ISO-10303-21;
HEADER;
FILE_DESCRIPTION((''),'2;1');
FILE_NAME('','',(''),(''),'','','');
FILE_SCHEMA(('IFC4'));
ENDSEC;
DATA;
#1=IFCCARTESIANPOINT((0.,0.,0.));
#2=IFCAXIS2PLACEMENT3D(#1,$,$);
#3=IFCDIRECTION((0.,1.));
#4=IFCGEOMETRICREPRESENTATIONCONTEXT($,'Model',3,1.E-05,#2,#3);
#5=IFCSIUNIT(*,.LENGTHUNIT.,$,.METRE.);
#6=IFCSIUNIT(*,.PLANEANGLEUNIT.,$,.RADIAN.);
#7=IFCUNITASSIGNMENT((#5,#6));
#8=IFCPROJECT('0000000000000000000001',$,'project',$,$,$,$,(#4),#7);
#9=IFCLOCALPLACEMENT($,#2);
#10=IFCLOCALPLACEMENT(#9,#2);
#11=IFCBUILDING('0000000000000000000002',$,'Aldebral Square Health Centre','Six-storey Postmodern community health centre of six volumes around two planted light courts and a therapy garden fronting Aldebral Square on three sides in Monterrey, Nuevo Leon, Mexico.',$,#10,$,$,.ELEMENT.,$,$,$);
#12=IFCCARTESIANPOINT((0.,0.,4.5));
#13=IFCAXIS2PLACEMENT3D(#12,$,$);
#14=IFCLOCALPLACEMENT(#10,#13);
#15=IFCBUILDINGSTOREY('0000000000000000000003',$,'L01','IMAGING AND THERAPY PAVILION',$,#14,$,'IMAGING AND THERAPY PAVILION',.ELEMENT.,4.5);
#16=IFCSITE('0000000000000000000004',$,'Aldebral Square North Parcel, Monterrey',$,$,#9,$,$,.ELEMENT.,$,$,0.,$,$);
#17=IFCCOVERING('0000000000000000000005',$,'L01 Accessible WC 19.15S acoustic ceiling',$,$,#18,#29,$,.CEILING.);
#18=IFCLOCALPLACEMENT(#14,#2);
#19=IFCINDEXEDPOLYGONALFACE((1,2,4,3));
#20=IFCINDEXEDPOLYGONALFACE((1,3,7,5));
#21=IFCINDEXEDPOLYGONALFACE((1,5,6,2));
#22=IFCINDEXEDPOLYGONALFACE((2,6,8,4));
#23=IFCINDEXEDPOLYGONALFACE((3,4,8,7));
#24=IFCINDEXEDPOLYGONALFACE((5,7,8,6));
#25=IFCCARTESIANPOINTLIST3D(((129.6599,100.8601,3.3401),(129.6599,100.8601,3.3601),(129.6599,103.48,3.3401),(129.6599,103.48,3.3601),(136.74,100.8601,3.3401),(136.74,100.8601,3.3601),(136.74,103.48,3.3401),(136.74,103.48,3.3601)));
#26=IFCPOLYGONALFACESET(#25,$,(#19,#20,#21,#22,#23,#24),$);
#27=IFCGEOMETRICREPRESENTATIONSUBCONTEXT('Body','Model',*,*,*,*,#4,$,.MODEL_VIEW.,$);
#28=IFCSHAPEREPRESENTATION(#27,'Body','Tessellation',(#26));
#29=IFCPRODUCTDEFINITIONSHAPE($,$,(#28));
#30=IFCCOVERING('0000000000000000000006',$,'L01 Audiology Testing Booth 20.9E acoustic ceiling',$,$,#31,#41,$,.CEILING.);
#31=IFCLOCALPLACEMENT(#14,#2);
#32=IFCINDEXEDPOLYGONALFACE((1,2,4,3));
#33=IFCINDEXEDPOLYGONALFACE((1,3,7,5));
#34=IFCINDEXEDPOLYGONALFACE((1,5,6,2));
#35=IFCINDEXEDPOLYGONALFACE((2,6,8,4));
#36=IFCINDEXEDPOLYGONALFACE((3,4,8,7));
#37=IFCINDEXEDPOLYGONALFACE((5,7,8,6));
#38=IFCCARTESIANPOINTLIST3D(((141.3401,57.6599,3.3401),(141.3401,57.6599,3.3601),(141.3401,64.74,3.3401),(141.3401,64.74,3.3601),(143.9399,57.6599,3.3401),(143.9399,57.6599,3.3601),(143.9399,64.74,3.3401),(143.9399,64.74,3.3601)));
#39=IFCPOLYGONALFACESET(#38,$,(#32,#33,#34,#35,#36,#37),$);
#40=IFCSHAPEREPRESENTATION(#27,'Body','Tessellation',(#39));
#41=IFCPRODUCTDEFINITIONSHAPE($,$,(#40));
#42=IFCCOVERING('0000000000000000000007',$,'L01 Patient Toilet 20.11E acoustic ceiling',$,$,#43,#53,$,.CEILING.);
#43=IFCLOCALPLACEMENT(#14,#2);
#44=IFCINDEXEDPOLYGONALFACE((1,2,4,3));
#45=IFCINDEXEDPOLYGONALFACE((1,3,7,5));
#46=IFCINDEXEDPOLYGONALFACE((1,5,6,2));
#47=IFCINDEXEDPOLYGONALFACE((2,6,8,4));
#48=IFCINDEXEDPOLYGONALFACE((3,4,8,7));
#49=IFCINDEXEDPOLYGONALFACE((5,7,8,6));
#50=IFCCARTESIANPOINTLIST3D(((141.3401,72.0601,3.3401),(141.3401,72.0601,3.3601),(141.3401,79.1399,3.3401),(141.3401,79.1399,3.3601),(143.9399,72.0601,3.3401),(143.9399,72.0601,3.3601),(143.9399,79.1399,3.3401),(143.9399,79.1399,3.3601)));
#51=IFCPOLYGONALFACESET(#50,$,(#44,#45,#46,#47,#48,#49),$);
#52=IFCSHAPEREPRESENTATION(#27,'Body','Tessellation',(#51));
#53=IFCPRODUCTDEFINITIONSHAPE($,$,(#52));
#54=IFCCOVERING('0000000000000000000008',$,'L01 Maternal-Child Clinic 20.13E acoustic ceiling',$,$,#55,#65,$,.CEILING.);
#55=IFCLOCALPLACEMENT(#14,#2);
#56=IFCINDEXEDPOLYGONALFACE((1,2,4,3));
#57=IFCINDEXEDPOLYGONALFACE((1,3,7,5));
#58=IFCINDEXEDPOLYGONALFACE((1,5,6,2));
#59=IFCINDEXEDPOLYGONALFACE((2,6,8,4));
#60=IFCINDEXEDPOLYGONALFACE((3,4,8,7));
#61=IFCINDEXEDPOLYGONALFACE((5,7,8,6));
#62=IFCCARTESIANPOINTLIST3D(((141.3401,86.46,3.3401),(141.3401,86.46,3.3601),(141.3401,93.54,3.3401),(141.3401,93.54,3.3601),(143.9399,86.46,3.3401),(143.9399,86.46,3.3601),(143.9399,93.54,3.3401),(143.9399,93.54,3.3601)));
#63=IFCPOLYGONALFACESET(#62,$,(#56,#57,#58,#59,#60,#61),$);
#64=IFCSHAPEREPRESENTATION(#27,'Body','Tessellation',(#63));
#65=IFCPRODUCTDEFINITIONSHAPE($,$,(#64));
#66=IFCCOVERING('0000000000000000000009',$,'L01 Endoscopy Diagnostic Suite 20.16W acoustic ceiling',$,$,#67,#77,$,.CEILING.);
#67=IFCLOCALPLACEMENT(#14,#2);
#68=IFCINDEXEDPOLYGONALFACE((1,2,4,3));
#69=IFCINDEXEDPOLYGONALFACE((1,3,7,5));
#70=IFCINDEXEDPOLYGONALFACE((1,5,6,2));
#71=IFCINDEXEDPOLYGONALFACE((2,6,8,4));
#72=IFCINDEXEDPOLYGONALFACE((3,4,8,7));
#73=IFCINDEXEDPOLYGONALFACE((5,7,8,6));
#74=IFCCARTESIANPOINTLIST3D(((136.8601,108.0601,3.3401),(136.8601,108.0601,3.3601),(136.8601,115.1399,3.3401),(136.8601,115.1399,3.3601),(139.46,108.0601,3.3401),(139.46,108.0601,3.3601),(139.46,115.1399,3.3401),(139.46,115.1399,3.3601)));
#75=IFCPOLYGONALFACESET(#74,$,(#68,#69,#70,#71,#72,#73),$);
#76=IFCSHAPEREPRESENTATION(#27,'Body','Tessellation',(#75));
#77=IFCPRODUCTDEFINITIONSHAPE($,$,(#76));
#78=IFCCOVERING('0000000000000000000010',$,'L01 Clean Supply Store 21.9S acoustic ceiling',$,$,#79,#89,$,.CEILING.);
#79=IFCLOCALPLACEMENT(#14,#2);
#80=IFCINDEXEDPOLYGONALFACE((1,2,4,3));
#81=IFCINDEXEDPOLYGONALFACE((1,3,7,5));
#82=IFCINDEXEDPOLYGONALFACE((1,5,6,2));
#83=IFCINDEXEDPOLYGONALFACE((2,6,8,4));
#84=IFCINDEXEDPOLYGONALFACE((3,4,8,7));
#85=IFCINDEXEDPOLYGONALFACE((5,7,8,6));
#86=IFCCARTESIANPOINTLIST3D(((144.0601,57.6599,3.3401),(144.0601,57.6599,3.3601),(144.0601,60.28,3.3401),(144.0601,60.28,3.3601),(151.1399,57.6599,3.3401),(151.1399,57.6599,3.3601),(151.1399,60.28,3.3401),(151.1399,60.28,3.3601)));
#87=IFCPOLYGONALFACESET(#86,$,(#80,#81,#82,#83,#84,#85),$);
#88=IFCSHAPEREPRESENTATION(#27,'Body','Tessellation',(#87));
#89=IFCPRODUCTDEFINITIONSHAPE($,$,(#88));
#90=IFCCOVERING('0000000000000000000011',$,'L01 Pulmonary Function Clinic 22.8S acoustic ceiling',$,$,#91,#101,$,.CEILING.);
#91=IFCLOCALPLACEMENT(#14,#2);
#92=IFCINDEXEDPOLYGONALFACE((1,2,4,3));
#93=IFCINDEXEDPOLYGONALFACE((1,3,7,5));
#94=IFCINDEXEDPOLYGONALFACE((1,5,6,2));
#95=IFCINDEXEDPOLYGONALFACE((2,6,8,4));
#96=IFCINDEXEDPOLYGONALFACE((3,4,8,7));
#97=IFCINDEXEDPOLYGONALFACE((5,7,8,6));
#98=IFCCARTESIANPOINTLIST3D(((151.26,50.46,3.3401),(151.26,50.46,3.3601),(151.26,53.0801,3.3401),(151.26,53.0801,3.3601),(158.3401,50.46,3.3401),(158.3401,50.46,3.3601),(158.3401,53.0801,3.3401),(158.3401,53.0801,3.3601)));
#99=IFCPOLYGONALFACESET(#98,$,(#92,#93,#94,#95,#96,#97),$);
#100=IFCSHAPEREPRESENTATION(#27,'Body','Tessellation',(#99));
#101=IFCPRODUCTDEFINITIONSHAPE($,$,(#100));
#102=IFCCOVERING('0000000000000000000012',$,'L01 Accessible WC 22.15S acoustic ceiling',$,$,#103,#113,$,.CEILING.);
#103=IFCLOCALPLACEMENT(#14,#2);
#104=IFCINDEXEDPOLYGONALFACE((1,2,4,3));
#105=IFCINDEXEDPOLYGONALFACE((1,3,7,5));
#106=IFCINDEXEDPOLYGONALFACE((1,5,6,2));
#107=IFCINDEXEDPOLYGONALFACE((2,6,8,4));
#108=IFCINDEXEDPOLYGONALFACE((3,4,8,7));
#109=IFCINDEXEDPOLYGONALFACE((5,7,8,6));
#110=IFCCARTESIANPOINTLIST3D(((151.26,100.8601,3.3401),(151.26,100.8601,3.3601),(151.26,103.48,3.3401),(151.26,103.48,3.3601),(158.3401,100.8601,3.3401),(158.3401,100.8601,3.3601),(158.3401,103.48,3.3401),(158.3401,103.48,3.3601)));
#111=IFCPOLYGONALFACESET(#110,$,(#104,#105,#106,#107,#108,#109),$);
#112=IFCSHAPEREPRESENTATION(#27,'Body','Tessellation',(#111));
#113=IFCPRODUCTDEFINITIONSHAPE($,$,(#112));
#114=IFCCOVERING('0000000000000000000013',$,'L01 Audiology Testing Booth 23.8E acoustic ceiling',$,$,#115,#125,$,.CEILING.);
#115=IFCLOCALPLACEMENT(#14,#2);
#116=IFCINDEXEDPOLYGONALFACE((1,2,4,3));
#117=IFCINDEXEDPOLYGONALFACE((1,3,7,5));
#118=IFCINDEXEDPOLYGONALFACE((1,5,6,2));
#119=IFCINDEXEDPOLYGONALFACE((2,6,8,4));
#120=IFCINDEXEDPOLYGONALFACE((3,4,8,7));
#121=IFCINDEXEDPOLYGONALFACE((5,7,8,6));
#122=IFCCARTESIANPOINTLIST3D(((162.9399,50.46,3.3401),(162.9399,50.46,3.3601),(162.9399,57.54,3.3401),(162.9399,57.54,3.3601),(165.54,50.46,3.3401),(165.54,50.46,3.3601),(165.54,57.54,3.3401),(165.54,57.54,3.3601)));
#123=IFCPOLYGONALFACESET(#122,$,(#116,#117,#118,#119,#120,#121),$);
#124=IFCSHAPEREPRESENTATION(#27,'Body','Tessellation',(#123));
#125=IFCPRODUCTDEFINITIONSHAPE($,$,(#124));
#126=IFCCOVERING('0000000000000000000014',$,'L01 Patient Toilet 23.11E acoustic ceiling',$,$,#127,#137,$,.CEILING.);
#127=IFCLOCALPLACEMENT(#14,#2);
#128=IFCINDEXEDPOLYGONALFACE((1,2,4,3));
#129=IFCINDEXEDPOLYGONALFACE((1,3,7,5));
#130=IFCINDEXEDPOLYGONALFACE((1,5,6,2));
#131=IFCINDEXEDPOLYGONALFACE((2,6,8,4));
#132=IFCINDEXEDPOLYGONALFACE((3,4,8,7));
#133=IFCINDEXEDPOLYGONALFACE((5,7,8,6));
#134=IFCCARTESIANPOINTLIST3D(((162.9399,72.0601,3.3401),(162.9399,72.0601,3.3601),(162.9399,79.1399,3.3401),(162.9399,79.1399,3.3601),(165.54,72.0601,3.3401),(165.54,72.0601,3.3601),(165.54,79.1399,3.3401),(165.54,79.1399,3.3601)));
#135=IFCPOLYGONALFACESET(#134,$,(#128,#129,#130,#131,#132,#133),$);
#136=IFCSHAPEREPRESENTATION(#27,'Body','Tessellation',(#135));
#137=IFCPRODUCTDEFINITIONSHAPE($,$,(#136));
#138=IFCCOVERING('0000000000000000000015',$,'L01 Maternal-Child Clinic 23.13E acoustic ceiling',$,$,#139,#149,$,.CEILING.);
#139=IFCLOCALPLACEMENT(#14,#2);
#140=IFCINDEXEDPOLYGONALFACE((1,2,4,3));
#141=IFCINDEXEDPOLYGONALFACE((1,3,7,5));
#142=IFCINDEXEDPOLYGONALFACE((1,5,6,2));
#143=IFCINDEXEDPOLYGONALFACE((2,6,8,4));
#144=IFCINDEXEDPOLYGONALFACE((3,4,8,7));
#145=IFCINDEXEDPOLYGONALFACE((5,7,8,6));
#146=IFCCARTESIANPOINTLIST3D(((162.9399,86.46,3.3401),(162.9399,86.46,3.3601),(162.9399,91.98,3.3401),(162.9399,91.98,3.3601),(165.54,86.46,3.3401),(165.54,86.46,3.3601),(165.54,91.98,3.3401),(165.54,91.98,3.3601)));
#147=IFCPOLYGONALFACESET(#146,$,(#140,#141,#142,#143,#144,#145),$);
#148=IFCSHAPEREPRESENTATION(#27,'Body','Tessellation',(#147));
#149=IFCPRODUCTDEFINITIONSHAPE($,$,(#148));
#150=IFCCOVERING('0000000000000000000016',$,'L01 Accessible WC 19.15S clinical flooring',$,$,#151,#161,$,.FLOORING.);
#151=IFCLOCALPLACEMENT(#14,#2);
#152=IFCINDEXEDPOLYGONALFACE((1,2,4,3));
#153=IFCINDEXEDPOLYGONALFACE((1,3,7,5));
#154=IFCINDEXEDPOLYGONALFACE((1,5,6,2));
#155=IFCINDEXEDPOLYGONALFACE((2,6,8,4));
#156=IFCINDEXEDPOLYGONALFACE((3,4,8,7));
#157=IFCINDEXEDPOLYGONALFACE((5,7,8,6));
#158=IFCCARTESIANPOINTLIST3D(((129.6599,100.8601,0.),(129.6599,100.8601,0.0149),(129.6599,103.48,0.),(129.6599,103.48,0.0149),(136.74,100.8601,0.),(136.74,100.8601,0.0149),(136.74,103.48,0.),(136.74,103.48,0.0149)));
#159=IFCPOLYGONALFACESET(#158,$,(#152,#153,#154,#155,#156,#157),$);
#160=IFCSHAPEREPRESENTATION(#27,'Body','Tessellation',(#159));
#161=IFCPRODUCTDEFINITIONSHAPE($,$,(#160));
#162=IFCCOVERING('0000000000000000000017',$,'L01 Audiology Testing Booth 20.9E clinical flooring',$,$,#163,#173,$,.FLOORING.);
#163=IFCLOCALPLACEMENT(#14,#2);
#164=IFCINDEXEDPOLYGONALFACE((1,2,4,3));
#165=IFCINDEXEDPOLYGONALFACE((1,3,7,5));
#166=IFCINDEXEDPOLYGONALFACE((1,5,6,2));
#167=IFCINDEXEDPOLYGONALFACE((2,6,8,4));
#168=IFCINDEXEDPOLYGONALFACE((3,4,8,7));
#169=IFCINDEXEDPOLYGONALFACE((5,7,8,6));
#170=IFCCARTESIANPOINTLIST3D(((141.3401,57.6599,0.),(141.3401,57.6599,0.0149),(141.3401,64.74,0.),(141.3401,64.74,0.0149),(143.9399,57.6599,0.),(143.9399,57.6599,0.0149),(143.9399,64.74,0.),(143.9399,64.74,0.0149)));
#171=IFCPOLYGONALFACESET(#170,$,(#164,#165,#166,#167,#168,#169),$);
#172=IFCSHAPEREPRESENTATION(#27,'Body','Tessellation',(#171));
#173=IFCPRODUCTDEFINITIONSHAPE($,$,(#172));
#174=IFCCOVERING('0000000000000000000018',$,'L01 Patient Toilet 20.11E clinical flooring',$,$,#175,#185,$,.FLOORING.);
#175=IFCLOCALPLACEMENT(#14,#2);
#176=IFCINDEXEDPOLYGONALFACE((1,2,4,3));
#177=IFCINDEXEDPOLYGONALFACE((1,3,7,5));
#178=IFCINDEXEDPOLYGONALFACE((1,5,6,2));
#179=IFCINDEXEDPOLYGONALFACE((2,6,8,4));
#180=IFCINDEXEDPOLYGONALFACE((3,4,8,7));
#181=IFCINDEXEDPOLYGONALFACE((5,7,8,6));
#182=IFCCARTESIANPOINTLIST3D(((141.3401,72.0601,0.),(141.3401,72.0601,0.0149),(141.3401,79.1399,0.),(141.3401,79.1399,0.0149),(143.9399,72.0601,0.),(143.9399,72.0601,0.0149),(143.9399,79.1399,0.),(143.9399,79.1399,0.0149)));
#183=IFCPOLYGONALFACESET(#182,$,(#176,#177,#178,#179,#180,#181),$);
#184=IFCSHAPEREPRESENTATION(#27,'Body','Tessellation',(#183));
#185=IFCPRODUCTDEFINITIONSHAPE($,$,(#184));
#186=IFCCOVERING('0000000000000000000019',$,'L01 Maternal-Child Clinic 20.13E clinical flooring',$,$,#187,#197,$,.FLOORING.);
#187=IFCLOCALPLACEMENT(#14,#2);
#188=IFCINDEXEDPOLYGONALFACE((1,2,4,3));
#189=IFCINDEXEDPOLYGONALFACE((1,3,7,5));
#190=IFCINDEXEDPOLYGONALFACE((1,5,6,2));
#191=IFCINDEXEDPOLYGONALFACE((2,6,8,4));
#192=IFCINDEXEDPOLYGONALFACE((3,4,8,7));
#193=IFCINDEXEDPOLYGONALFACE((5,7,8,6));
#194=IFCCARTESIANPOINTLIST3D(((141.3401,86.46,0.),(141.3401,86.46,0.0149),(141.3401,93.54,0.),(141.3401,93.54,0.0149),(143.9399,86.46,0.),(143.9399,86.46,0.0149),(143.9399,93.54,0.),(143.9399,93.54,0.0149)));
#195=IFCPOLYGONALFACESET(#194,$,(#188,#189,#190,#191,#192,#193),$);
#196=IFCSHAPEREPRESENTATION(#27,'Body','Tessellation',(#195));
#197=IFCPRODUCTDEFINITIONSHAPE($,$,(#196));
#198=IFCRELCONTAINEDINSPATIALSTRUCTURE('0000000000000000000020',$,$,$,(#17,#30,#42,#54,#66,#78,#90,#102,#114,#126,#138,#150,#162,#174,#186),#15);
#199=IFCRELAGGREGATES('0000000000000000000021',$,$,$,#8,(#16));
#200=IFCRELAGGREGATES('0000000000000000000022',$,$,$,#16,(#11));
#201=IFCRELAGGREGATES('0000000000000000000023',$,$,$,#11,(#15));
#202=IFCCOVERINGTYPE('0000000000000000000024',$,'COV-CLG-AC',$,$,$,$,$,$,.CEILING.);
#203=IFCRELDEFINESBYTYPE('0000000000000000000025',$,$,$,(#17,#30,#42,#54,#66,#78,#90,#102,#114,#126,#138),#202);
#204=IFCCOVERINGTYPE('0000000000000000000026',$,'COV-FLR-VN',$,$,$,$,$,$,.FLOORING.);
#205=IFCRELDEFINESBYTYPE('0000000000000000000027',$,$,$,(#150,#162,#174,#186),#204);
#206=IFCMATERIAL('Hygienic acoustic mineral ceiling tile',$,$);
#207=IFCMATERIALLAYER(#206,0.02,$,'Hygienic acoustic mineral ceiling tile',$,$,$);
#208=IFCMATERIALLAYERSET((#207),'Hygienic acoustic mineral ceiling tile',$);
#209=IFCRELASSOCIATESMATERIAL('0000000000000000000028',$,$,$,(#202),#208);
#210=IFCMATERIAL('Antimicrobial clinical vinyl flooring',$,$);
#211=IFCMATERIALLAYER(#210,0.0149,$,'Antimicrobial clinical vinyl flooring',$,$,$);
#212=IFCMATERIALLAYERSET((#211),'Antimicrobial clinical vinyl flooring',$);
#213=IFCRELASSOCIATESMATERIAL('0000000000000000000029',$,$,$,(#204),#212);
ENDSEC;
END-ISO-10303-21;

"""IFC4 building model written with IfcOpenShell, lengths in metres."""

from ifc_helpers import new_model, si_unit, direction, frame, origin, place, context, subcontext, project, spatial, polyline, outline, extrude, material, layer, layer_set, type_object, element, save


model = new_model("IFC4")

# Units and contexts
model_context = context("Model", 3, precision=1e-05, world=origin(), true_north=direction((0.0, 1.0)))
body_context = subcontext(model_context, "Body", "Model", "MODEL_VIEW")
ifc_project = project(units=[si_unit("LENGTHUNIT", "METRE"), si_unit("PLANEANGLEUNIT", "RADIAN")], contexts=[model_context])

# Site, building, storey
site_placement = place(None, origin())
site = spatial("IfcSite", under=ifc_project, at=site_placement, Name="Aldebral Square North Parcel, Monterrey", CompositionType="ELEMENT", RefElevation=0.0)
building_placement = place(site_placement, origin())
building = spatial("IfcBuilding", under=site, at=building_placement, Name="Aldebral Square Health Centre", Description="Six-storey Postmodern community health centre of six volumes around two planted light courts and a therapy garden fronting Aldebral Square on three sides in Monterrey, Nuevo Leon, Mexico.", CompositionType="ELEMENT")
storey_placement = place(building_placement, frame((0.0, 0.0, 4.5)))
storey = spatial("IfcBuildingStorey", under=building, at=storey_placement, Name="L01", Description="IMAGING AND THERAPY PAVILION", LongName="IMAGING AND THERAPY PAVILION", CompositionType="ELEMENT", Elevation=4.5)

# Coverings
ifc_material_1 = material(Name="Hygienic acoustic mineral ceiling tile")
ifc_layer_1 = layer(ifc_material_1, 0.02, Name="Hygienic acoustic mineral ceiling tile")
ifc_layer_set_1 = layer_set([ifc_layer_1], Name="Hygienic acoustic mineral ceiling tile")
covering_type_1 = type_object("IfcCoveringType", Name="COV-CLG-AC", PredefinedType="CEILING", material=ifc_layer_set_1)
covering_1_placement = place(storey_placement, frame((0.0, 0.0, 3.3401)))
element("IfcCovering", 1, at=covering_1_placement, inside=storey, type_object=covering_type_1, Name="L01 Accessible WC 19.15S acoustic ceiling", PredefinedType="CEILING", context=body_context, shape_type="SweptSolid", body=[
    extrude(outline(polyline([(129.6599, 100.8601), (136.74, 100.8601), (136.74, 103.48), (129.6599, 103.48), (129.6599, 100.8601)])), origin(), (0.0, 0.0, 1.0), 0.02),
])
covering_2_placement = place(storey_placement, frame((0.0, 0.0, 3.3401)))
element("IfcCovering", 2, at=covering_2_placement, inside=storey, type_object=covering_type_1, Name="L01 Audiology Testing Booth 20.9E acoustic ceiling", PredefinedType="CEILING", context=body_context, shape_type="SweptSolid", body=[
    extrude(outline(polyline([(141.3401, 57.6599), (143.9399, 57.6599), (143.9399, 64.74), (141.3401, 64.74), (141.3401, 57.6599)])), origin(), (0.0, 0.0, 1.0), 0.02),
])
covering_3_placement = place(storey_placement, frame((0.0, 0.0, 3.3401)))
element("IfcCovering", 3, at=covering_3_placement, inside=storey, type_object=covering_type_1, Name="L01 Patient Toilet 20.11E acoustic ceiling", PredefinedType="CEILING", context=body_context, shape_type="SweptSolid", body=[
    extrude(outline(polyline([(141.3401, 72.0601), (143.9399, 72.0601), (143.9399, 79.1399), (141.3401, 79.1399), (141.3401, 72.0601)])), origin(), (0.0, 0.0, 1.0), 0.02),
])
covering_4_placement = place(storey_placement, frame((0.0, 0.0, 3.3401)))
element("IfcCovering", 4, at=covering_4_placement, inside=storey, type_object=covering_type_1, Name="L01 Maternal-Child Clinic 20.13E acoustic ceiling", PredefinedType="CEILING", context=body_context, shape_type="SweptSolid", body=[
    extrude(outline(polyline([(141.3401, 86.46), (143.9399, 86.46), (143.9399, 93.54), (141.3401, 93.54), (141.3401, 86.46)])), origin(), (0.0, 0.0, 1.0), 0.02),
])
covering_5_placement = place(storey_placement, frame((0.0, 0.0, 3.3401)))
element("IfcCovering", 5, at=covering_5_placement, inside=storey, type_object=covering_type_1, Name="L01 Endoscopy Diagnostic Suite 20.16W acoustic ceiling", PredefinedType="CEILING", context=body_context, shape_type="SweptSolid", body=[
    extrude(outline(polyline([(136.8601, 108.0601), (139.46, 108.0601), (139.46, 115.1399), (136.8601, 115.1399), (136.8601, 108.0601)])), origin(), (0.0, 0.0, 1.0), 0.02),
])
covering_6_placement = place(storey_placement, frame((0.0, 0.0, 3.3401)))
element("IfcCovering", 6, at=covering_6_placement, inside=storey, type_object=covering_type_1, Name="L01 Clean Supply Store 21.9S acoustic ceiling", PredefinedType="CEILING", context=body_context, shape_type="SweptSolid", body=[
    extrude(outline(polyline([(144.0601, 57.6599), (151.1399, 57.6599), (151.1399, 60.28), (144.0601, 60.28), (144.0601, 57.6599)])), origin(), (0.0, 0.0, 1.0), 0.02),
])
covering_7_placement = place(storey_placement, frame((0.0, 0.0, 3.3401)))
element("IfcCovering", 7, at=covering_7_placement, inside=storey, type_object=covering_type_1, Name="L01 Pulmonary Function Clinic 22.8S acoustic ceiling", PredefinedType="CEILING", context=body_context, shape_type="SweptSolid", body=[
    extrude(outline(polyline([(151.26, 50.46), (158.3401, 50.46), (158.3401, 53.0801), (151.26, 53.0801), (151.26, 50.46)])), origin(), (0.0, 0.0, 1.0), 0.02),
])
covering_8_placement = place(storey_placement, frame((0.0, 0.0, 3.3401)))
element("IfcCovering", 8, at=covering_8_placement, inside=storey, type_object=covering_type_1, Name="L01 Accessible WC 22.15S acoustic ceiling", PredefinedType="CEILING", context=body_context, shape_type="SweptSolid", body=[
    extrude(outline(polyline([(151.26, 100.8601), (158.3401, 100.8601), (158.3401, 103.48), (151.26, 103.48), (151.26, 100.8601)])), origin(), (0.0, 0.0, 1.0), 0.02),
])
covering_9_placement = place(storey_placement, frame((0.0, 0.0, 3.3401)))
element("IfcCovering", 9, at=covering_9_placement, inside=storey, type_object=covering_type_1, Name="L01 Audiology Testing Booth 23.8E acoustic ceiling", PredefinedType="CEILING", context=body_context, shape_type="SweptSolid", body=[
    extrude(outline(polyline([(162.9399, 50.46), (165.54, 50.46), (165.54, 57.54), (162.9399, 57.54), (162.9399, 50.46)])), origin(), (0.0, 0.0, 1.0), 0.02),
])
covering_10_placement = place(storey_placement, frame((0.0, 0.0, 3.3401)))
element("IfcCovering", 10, at=covering_10_placement, inside=storey, type_object=covering_type_1, Name="L01 Patient Toilet 23.11E acoustic ceiling", PredefinedType="CEILING", context=body_context, shape_type="SweptSolid", body=[
    extrude(outline(polyline([(162.9399, 72.0601), (165.54, 72.0601), (165.54, 79.1399), (162.9399, 79.1399), (162.9399, 72.0601)])), origin(), (0.0, 0.0, 1.0), 0.02),
])
covering_11_placement = place(storey_placement, frame((0.0, 0.0, 3.3401)))
element("IfcCovering", 11, at=covering_11_placement, inside=storey, type_object=covering_type_1, Name="L01 Maternal-Child Clinic 23.13E acoustic ceiling", PredefinedType="CEILING", context=body_context, shape_type="SweptSolid", body=[
    extrude(outline(polyline([(162.9399, 86.46), (165.54, 86.46), (165.54, 91.98), (162.9399, 91.98), (162.9399, 86.46)])), origin(), (0.0, 0.0, 1.0), 0.02),
])
ifc_material_2 = material(Name="Antimicrobial clinical vinyl flooring")
ifc_layer_2 = layer(ifc_material_2, 0.0149, Name="Antimicrobial clinical vinyl flooring")
ifc_layer_set_2 = layer_set([ifc_layer_2], Name="Antimicrobial clinical vinyl flooring")
covering_type_2 = type_object("IfcCoveringType", Name="COV-FLR-VN", PredefinedType="FLOORING", material=ifc_layer_set_2)
covering_12_placement = place(storey_placement, origin())
element("IfcCovering", 12, at=covering_12_placement, inside=storey, type_object=covering_type_2, Name="L01 Accessible WC 19.15S clinical flooring", PredefinedType="FLOORING", context=body_context, shape_type="SweptSolid", body=[
    extrude(outline(polyline([(129.6599, 100.8601), (136.74, 100.8601), (136.74, 103.48), (129.6599, 103.48), (129.6599, 100.8601)])), origin(), (0.0, 0.0, 1.0), 0.0149),
])
covering_13_placement = place(storey_placement, origin())
element("IfcCovering", 13, at=covering_13_placement, inside=storey, type_object=covering_type_2, Name="L01 Audiology Testing Booth 20.9E clinical flooring", PredefinedType="FLOORING", context=body_context, shape_type="SweptSolid", body=[
    extrude(outline(polyline([(141.3401, 57.6599), (143.9399, 57.6599), (143.9399, 64.74), (141.3401, 64.74), (141.3401, 57.6599)])), origin(), (0.0, 0.0, 1.0), 0.0149),
])
covering_14_placement = place(storey_placement, origin())
element("IfcCovering", 14, at=covering_14_placement, inside=storey, type_object=covering_type_2, Name="L01 Patient Toilet 20.11E clinical flooring", PredefinedType="FLOORING", context=body_context, shape_type="SweptSolid", body=[
    extrude(outline(polyline([(141.3401, 72.0601), (143.9399, 72.0601), (143.9399, 79.1399), (141.3401, 79.1399), (141.3401, 72.0601)])), origin(), (0.0, 0.0, 1.0), 0.0149),
])
covering_15_placement = place(storey_placement, origin())
element("IfcCovering", 15, at=covering_15_placement, inside=storey, type_object=covering_type_2, Name="L01 Maternal-Child Clinic 20.13E clinical flooring", PredefinedType="FLOORING", context=body_context, shape_type="SweptSolid", body=[
    extrude(outline(polyline([(141.3401, 86.46), (143.9399, 86.46), (143.9399, 93.54), (141.3401, 93.54), (141.3401, 86.46)])), origin(), (0.0, 0.0, 1.0), 0.0149),
])

save(model, "model.ifc")
